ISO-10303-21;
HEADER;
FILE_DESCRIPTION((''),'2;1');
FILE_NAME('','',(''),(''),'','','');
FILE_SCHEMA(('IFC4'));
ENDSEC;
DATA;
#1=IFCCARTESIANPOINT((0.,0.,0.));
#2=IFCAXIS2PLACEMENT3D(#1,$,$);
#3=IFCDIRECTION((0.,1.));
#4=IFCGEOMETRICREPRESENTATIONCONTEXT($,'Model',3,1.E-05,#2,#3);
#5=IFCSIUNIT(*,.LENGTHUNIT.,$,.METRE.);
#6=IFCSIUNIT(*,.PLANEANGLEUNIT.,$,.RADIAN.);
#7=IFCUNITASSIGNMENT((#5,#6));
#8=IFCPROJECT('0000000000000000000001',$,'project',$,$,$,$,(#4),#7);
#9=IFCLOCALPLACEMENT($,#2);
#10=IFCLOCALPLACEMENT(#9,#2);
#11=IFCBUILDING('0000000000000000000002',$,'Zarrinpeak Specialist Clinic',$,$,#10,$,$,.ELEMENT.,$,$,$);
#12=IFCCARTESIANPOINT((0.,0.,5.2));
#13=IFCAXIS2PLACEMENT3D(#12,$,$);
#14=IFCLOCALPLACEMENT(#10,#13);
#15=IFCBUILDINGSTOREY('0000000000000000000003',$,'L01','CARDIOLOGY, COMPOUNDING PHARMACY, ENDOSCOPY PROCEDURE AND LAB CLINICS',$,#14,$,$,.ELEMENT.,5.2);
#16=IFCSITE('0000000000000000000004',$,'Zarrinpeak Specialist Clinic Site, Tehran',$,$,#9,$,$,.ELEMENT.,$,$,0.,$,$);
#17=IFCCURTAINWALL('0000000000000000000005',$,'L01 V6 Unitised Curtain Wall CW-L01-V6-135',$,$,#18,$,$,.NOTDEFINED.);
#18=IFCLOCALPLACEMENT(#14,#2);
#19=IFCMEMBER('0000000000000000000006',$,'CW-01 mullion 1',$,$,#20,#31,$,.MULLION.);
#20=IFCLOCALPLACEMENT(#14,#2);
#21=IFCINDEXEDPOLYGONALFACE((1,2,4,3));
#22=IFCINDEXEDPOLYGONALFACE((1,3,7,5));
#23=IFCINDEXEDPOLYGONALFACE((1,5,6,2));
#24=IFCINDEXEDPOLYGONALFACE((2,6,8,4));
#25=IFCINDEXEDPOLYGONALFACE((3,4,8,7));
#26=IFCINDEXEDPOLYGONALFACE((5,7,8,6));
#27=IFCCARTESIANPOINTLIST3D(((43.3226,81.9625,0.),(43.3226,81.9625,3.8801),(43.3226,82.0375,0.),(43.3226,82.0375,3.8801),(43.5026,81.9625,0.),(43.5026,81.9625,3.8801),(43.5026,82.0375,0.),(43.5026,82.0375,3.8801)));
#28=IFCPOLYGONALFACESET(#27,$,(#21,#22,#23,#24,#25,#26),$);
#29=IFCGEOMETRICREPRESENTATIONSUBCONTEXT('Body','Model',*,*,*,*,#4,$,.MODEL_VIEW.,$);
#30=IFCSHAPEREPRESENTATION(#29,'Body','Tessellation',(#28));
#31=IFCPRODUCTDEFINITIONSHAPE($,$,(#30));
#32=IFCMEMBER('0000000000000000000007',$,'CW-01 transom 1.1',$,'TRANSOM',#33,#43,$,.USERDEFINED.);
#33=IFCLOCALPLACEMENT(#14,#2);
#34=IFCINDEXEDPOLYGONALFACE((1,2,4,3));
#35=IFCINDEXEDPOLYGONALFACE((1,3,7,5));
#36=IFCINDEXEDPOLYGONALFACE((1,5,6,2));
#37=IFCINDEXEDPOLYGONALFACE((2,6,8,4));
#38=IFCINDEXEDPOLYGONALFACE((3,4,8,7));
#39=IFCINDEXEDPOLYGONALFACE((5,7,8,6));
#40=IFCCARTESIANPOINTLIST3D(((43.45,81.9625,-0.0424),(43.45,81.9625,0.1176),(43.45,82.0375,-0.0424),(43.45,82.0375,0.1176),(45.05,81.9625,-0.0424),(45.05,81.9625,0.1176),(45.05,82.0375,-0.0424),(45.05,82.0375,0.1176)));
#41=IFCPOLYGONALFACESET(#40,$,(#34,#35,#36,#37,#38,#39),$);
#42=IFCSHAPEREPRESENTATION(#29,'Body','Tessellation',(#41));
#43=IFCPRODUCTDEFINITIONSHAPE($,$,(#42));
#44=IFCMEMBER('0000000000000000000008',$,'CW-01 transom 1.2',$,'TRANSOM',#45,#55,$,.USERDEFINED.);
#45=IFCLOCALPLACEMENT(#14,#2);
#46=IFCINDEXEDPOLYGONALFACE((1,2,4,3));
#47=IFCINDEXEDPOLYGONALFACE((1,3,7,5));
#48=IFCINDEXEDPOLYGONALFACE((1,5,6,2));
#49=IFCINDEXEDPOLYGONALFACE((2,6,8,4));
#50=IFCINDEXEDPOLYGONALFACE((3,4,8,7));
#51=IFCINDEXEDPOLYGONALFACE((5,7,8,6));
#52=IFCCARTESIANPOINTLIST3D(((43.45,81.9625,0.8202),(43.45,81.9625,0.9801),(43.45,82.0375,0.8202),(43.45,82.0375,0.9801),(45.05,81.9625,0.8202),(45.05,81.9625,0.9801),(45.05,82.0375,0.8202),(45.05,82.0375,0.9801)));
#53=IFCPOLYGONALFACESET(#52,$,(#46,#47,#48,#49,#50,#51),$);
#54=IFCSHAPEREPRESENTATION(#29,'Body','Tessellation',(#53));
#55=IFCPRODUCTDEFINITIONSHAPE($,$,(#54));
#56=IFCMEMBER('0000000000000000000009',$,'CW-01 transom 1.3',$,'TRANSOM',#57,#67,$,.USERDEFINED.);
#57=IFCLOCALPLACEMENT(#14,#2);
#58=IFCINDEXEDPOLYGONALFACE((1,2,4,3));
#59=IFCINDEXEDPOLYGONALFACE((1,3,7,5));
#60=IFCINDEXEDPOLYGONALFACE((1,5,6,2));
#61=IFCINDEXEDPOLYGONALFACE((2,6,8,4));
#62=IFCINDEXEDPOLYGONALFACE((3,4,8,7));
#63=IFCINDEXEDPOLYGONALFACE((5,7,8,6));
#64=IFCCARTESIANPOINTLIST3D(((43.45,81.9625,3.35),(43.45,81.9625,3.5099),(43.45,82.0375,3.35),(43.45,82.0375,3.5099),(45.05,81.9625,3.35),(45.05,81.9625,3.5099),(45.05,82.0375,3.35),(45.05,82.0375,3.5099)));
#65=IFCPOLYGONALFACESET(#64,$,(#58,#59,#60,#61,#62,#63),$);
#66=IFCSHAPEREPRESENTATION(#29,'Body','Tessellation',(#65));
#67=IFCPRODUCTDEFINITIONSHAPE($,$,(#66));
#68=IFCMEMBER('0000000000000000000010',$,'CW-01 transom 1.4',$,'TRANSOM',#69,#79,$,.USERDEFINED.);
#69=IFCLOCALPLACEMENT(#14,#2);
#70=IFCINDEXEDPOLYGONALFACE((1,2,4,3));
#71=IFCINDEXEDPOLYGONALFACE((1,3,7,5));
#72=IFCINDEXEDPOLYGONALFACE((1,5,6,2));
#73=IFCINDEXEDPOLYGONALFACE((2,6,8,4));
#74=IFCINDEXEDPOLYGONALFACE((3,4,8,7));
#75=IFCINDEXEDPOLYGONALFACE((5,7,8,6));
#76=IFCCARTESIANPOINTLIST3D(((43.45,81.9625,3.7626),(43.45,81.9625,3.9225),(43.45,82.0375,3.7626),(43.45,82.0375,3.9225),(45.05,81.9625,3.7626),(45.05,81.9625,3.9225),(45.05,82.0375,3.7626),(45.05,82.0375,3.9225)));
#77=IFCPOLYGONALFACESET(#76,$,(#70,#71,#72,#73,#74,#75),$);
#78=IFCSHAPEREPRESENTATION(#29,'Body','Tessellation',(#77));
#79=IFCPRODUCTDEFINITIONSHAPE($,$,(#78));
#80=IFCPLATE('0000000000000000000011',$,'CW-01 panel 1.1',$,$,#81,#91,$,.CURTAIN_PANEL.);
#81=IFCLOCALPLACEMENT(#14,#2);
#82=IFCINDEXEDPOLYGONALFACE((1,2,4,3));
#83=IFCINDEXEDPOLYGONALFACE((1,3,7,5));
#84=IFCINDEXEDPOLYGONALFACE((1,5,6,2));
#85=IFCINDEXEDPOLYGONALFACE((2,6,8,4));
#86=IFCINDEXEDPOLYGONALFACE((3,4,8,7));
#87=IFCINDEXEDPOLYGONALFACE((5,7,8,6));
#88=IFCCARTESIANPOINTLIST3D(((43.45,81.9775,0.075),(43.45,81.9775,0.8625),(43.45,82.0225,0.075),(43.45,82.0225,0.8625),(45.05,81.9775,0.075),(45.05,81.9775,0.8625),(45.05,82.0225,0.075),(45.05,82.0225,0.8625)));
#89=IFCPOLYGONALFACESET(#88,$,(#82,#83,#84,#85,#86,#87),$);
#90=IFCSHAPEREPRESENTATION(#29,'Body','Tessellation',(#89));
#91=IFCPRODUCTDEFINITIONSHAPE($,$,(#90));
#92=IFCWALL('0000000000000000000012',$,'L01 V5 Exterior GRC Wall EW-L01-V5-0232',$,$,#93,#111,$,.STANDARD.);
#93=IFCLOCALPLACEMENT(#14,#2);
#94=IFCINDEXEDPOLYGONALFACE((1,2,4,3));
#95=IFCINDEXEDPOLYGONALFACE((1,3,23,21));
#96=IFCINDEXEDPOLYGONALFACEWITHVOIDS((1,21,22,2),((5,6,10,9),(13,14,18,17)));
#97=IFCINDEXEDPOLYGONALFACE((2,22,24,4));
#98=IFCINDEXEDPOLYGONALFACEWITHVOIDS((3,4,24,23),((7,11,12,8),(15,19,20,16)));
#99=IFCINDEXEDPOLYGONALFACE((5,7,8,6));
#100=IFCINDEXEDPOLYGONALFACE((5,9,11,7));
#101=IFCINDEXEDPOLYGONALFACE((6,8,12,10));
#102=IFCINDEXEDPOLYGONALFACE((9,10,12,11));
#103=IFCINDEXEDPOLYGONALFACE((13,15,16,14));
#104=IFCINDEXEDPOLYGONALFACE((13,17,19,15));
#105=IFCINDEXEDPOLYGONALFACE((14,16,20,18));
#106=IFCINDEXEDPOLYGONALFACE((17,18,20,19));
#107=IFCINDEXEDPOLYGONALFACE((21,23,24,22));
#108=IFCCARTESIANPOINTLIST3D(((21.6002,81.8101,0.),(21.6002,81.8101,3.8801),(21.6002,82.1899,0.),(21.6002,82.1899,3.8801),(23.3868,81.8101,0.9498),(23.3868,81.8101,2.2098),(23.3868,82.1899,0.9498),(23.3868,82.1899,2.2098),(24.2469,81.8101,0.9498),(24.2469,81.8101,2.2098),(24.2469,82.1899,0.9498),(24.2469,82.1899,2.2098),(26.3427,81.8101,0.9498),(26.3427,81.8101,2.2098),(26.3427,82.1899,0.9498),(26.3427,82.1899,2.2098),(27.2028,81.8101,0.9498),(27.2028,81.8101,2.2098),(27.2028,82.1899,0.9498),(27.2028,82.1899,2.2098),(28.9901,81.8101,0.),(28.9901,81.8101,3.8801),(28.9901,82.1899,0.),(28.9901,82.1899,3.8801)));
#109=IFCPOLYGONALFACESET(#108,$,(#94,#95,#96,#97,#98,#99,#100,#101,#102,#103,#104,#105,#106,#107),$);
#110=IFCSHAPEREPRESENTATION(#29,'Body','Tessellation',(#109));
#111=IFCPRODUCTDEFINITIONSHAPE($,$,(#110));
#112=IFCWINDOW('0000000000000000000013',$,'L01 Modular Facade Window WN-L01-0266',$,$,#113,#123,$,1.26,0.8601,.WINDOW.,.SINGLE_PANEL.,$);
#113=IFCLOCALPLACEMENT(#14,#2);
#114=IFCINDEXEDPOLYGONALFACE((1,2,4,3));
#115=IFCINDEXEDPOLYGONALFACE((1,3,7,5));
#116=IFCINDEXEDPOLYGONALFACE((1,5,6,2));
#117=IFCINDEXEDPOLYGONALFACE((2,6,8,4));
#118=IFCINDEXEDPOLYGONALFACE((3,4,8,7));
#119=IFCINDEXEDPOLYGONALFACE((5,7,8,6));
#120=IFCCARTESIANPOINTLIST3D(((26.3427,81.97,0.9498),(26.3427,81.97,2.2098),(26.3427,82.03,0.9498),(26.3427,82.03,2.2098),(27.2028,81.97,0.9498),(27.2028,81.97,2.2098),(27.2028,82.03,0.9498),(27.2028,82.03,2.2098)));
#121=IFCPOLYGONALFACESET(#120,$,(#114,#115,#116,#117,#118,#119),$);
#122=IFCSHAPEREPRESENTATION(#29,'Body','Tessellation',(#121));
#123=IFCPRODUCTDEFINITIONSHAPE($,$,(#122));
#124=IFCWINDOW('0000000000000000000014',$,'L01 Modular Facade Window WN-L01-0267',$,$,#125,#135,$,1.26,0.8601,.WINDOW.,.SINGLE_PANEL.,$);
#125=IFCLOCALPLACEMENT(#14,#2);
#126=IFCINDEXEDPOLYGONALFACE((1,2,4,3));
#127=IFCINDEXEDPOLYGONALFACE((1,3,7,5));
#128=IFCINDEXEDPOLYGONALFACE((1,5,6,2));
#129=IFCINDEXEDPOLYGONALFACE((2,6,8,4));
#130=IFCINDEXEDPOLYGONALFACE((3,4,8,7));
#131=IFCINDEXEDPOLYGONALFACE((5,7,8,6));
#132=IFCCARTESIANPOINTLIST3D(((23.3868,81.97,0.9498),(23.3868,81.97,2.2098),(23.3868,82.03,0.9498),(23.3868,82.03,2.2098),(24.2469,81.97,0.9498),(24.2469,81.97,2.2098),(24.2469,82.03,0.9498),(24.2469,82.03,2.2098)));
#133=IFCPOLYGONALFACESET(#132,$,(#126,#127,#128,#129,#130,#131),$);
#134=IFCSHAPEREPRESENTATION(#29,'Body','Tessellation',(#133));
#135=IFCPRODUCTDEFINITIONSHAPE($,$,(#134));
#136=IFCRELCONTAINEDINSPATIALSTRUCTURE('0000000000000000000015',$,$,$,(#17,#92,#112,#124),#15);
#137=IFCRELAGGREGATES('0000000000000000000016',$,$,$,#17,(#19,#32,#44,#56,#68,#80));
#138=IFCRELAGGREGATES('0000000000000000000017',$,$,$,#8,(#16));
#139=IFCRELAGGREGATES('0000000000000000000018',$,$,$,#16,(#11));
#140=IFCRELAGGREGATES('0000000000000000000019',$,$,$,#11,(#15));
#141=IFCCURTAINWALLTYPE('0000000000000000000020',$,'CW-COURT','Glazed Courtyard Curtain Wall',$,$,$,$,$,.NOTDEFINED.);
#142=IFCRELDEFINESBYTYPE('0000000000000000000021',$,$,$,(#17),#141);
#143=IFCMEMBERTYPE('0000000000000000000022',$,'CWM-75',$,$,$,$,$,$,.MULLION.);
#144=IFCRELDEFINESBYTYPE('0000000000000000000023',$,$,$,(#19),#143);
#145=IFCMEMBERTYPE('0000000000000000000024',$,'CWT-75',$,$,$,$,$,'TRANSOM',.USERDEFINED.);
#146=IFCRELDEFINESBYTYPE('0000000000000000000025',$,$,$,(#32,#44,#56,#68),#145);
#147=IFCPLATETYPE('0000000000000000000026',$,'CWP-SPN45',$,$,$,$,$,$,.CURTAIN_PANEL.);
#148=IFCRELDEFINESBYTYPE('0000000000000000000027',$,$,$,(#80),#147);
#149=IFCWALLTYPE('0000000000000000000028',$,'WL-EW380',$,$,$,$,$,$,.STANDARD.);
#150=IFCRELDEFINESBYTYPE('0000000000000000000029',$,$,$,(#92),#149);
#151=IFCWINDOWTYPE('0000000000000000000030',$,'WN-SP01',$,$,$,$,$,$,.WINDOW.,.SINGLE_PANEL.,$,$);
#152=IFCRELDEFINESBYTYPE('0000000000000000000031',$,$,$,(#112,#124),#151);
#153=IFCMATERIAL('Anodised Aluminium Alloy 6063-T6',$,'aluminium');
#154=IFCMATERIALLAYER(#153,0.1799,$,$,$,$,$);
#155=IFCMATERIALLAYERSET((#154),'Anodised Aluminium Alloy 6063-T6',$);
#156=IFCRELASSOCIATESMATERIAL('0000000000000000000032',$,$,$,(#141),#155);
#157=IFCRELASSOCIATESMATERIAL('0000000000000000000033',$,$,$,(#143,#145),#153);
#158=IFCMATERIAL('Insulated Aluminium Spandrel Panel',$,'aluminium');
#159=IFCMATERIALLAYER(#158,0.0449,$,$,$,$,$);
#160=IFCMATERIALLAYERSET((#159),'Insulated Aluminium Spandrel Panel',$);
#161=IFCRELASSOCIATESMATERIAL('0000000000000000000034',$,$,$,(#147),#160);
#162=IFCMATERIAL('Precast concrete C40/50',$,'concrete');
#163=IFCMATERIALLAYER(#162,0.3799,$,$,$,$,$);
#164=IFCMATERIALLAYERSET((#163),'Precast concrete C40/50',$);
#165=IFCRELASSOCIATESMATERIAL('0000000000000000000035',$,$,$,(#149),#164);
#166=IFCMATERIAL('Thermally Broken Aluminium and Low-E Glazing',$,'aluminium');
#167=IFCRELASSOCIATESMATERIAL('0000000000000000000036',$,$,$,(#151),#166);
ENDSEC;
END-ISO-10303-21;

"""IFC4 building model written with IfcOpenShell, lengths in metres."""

from ifc_helpers import new_model, si_unit, direction, frame, frame_2d, origin, origin_2d, place, context, subcontext, project, spatial, rectangle, extrude, material, layer, layer_set, material_profile, profile_set, type_object, element, fill, aggregate, save


model = new_model("IFC4")

# Units and contexts
model_context = context("Model", 3, precision=1e-05, world=origin(), true_north=direction((0.0, 1.0)))
body_context = subcontext(model_context, "Body", "Model", "MODEL_VIEW")
ifc_project = project(units=[si_unit("LENGTHUNIT", "METRE"), si_unit("PLANEANGLEUNIT", "RADIAN")], contexts=[model_context])

# Site, building, storey
site_placement = place(None, origin())
site = spatial("IfcSite", under=ifc_project, at=site_placement, Name="Zarrinpeak Specialist Clinic Site, Tehran", CompositionType="ELEMENT", RefElevation=0.0)
building_placement = place(site_placement, origin())
building = spatial("IfcBuilding", under=site, at=building_placement, Name="Zarrinpeak Specialist Clinic", CompositionType="ELEMENT")
storey_placement = place(building_placement, frame((0.0, 0.0, 5.2)))
storey = spatial("IfcBuildingStorey", under=building, at=storey_placement, Name="L01", Description="CARDIOLOGY, COMPOUNDING PHARMACY, ENDOSCOPY PROCEDURE AND LAB CLINICS", CompositionType="ELEMENT", Elevation=5.2)

# Curtain wall, members, plate
ifc_material_1 = material(Name="Anodised Aluminium Alloy 6063-T6", Category="aluminium")
ifc_layer_1 = layer(ifc_material_1, 0.1799)
ifc_layer_set_1 = layer_set([ifc_layer_1], Name="Anodised Aluminium Alloy 6063-T6")
curtain_wall_type = type_object("IfcCurtainWallType", Name="CW-COURT", Description="Glazed Courtyard Curtain Wall", PredefinedType="NOTDEFINED", material=ifc_layer_set_1)
curtain_wall_placement = place(storey_placement, origin())
curtain_wall = element("IfcCurtainWall", 1, at=curtain_wall_placement, inside=storey, type_object=curtain_wall_type, Name="L01 V6 Unitised Curtain Wall CW-L01-V6-135", PredefinedType="NOTDEFINED")
ifc_material_profile_1 = material_profile(ifc_material_1, rectangle(XDim=0.075, YDim=0.1799, at=origin_2d()), Name="ALU 75x180")
ifc_profile_set_1 = profile_set([ifc_material_profile_1], Name="Anodised Aluminium Alloy 6063-T6")
member_type_1 = type_object("IfcMemberType", Name="CWM-75", PredefinedType="MULLION", material=ifc_profile_set_1)
member_1_placement = place(storey_placement, frame((43.4126, 82.0, 0.0), z_axis=(0.0, 0.0, 1.0), x_axis=(0.0, 1.0, 0.0)))
member_1 = element("IfcMember", 2, at=member_1_placement, type_object=member_type_1, Name="CW-01 mullion 1", PredefinedType="MULLION", context=body_context, shape_type="SweptSolid", body=[
    extrude(rectangle(XDim=0.075, YDim=0.1799, at=origin_2d()), origin(), (0.0, 0.0, 1.0), 3.8801),
])
ifc_material_profile_2 = material_profile(ifc_material_1, rectangle(XDim=0.075, YDim=0.1599, at=origin_2d()), Name="ALU 75x160")
ifc_profile_set_2 = profile_set([ifc_material_profile_2], Name="Anodised Aluminium Alloy 6063-T6")
member_type_2 = type_object("IfcMemberType", Name="CWT-75", ElementType="TRANSOM", PredefinedType="USERDEFINED", material=ifc_profile_set_2)
member_2_placement = place(storey_placement, frame((43.45, 82.0, 0.0376), z_axis=(1.0, 0.0, 0.0), x_axis=(0.0, 1.0, 0.0)))
member_2 = element("IfcMember", 3, at=member_2_placement, type_object=member_type_2, Name="CW-01 transom 1.1", ObjectType="TRANSOM", PredefinedType="USERDEFINED", context=body_context, shape_type="SweptSolid", body=[
    extrude(rectangle(XDim=0.075, YDim=0.1599, at=origin_2d()), origin(), (0.0, 0.0, 1.0), 1.6001),
])
member_3_placement = place(storey_placement, frame((43.45, 82.0, 0.9001), z_axis=(1.0, 0.0, 0.0), x_axis=(0.0, 1.0, 0.0)))
member_3 = element("IfcMember", 4, at=member_3_placement, type_object=member_type_2, Name="CW-01 transom 1.2", ObjectType="TRANSOM", PredefinedType="USERDEFINED", context=body_context, shape_type="SweptSolid", body=[
    extrude(rectangle(XDim=0.075, YDim=0.1599, at=origin_2d()), origin(), (0.0, 0.0, 1.0), 1.6001),
])
member_4_placement = place(storey_placement, frame((43.45, 82.0, 3.4299), z_axis=(1.0, 0.0, 0.0), x_axis=(0.0, 1.0, 0.0)))
member_4 = element("IfcMember", 5, at=member_4_placement, type_object=member_type_2, Name="CW-01 transom 1.3", ObjectType="TRANSOM", PredefinedType="USERDEFINED", context=body_context, shape_type="SweptSolid", body=[
    extrude(rectangle(XDim=0.075, YDim=0.1599, at=origin_2d()), origin(), (0.0, 0.0, 1.0), 1.6001),
])
member_5_placement = place(storey_placement, frame((43.45, 82.0, 3.8425), z_axis=(1.0, 0.0, 0.0), x_axis=(0.0, 1.0, 0.0)))
member_5 = element("IfcMember", 6, at=member_5_placement, type_object=member_type_2, Name="CW-01 transom 1.4", ObjectType="TRANSOM", PredefinedType="USERDEFINED", context=body_context, shape_type="SweptSolid", body=[
    extrude(rectangle(XDim=0.075, YDim=0.1599, at=origin_2d()), origin(), (0.0, 0.0, 1.0), 1.6001),
])
ifc_material_2 = material(Name="Insulated Aluminium Spandrel Panel", Category="aluminium")
ifc_layer_2 = layer(ifc_material_2, 0.0449)
ifc_layer_set_2 = layer_set([ifc_layer_2], Name="Insulated Aluminium Spandrel Panel")
plate_type = type_object("IfcPlateType", Name="CWP-SPN45", PredefinedType="CURTAIN_PANEL", material=ifc_layer_set_2)
plate_placement = place(storey_placement, frame((44.25, 82.0, 0.075), z_axis=(0.0, 0.0, 1.0), x_axis=(1.0, 0.0, 0.0)))
plate = element("IfcPlate", 7, at=plate_placement, type_object=plate_type, Name="CW-01 panel 1.1", PredefinedType="CURTAIN_PANEL", context=body_context, shape_type="SweptSolid", body=[
    extrude(rectangle(XDim=1.6001, YDim=0.0449, at=origin_2d()), origin(), (0.0, 0.0, 1.0), 0.7876),
])
aggregate(curtain_wall, [member_1, member_2, member_3, member_4, member_5, plate])

# Wall, openings, windows
ifc_material_3 = material(Name="Precast concrete C40/50", Category="concrete")
ifc_layer_3 = layer(ifc_material_3, 0.3799)
ifc_layer_set_3 = layer_set([ifc_layer_3], Name="Precast concrete C40/50")
wall_type_1 = type_object("IfcWallType", Name="WL-EW380", PredefinedType="STANDARD", material=ifc_layer_set_3)
wall_1_placement = place(storey_placement, frame((28.99, 82.0, 0.0), z_axis=(0.0, 0.0, 1.0), x_axis=(-1.0, 0.0, 0.0)))
wall_1 = element("IfcWall", 8, at=wall_1_placement, inside=storey, type_object=wall_type_1, Name="L01 V5 Exterior GRC Wall EW-L01-V5-0232", PredefinedType="STANDARD", context=body_context, shape_type="SweptSolid", body=[
    extrude(rectangle(XDim=7.3899, YDim=0.3799, at=frame_2d((3.6948, 0.0))), origin(), (0.0, 0.0, 1.0), 3.8801),
])
opening_1_placement = place(wall_1_placement, frame((1.7871, 0.0, 0.95)))
opening_1 = element("IfcOpeningElement", 9, at=opening_1_placement, cuts=wall_1, PredefinedType="OPENING", context=body_context, shape_type="SweptSolid", body=[
    extrude(rectangle(XDim=0.8601, YDim=1.26, at=frame_2d((0.4302, 0.6299))), frame((0.0, 0.2, 0.0), z_axis=(0.0, -1.0, 0.0), x_axis=(1.0, 0.0, 0.0)), (0.0, 0.0, 1.0), 0.3999),
])
opening_2_placement = place(wall_1_placement, frame((4.7429, 0.0, 0.95)))
opening_2 = element("IfcOpeningElement", 10, at=opening_2_placement, cuts=wall_1, PredefinedType="OPENING", context=body_context, shape_type="SweptSolid", body=[
    extrude(rectangle(XDim=0.8601, YDim=1.26, at=frame_2d((0.4302, 0.6299))), frame((0.0, 0.2, 0.0), z_axis=(0.0, -1.0, 0.0), x_axis=(1.0, 0.0, 0.0)), (0.0, 0.0, 1.0), 0.3999),
])
ifc_material_4 = material(Name="Thermally Broken Aluminium and Low-E Glazing", Category="aluminium")
window_type_1 = type_object("IfcWindowType", Name="WN-SP01", PartitioningType="SINGLE_PANEL", PredefinedType="WINDOW", material=ifc_material_4)
window_1_placement = place(opening_1_placement, origin())
window_1 = element("IfcWindow", 11, at=window_1_placement, inside=storey, type_object=window_type_1, Name="L01 Modular Facade Window WN-L01-0266", OverallHeight=1.26, OverallWidth=0.8601, PartitioningType="SINGLE_PANEL", PredefinedType="WINDOW", context=body_context, shape_type="SweptSolid", body=[
    extrude(rectangle(XDim=0.8601, YDim=1.26, at=frame_2d((0.4302, 0.6299))), frame((0.0, 0.03, 0.0), z_axis=(0.0, -1.0, 0.0), x_axis=(1.0, 0.0, 0.0)), (0.0, 0.0, 1.0), 0.0601),
])
fill(opening_1, window_1)
window_2_placement = place(opening_2_placement, origin())
window_2 = element("IfcWindow", 12, at=window_2_placement, inside=storey, type_object=window_type_1, Name="L01 Modular Facade Window WN-L01-0267", OverallHeight=1.26, OverallWidth=0.8601, PartitioningType="SINGLE_PANEL", PredefinedType="WINDOW", context=body_context, shape_type="SweptSolid", body=[
    extrude(rectangle(XDim=0.8601, YDim=1.26, at=frame_2d((0.4302, 0.6299))), frame((0.0, 0.03, 0.0), z_axis=(0.0, -1.0, 0.0), x_axis=(1.0, 0.0, 0.0)), (0.0, 0.0, 1.0), 0.0601),
])
fill(opening_2, window_2)

save(model, "model.ifc")
